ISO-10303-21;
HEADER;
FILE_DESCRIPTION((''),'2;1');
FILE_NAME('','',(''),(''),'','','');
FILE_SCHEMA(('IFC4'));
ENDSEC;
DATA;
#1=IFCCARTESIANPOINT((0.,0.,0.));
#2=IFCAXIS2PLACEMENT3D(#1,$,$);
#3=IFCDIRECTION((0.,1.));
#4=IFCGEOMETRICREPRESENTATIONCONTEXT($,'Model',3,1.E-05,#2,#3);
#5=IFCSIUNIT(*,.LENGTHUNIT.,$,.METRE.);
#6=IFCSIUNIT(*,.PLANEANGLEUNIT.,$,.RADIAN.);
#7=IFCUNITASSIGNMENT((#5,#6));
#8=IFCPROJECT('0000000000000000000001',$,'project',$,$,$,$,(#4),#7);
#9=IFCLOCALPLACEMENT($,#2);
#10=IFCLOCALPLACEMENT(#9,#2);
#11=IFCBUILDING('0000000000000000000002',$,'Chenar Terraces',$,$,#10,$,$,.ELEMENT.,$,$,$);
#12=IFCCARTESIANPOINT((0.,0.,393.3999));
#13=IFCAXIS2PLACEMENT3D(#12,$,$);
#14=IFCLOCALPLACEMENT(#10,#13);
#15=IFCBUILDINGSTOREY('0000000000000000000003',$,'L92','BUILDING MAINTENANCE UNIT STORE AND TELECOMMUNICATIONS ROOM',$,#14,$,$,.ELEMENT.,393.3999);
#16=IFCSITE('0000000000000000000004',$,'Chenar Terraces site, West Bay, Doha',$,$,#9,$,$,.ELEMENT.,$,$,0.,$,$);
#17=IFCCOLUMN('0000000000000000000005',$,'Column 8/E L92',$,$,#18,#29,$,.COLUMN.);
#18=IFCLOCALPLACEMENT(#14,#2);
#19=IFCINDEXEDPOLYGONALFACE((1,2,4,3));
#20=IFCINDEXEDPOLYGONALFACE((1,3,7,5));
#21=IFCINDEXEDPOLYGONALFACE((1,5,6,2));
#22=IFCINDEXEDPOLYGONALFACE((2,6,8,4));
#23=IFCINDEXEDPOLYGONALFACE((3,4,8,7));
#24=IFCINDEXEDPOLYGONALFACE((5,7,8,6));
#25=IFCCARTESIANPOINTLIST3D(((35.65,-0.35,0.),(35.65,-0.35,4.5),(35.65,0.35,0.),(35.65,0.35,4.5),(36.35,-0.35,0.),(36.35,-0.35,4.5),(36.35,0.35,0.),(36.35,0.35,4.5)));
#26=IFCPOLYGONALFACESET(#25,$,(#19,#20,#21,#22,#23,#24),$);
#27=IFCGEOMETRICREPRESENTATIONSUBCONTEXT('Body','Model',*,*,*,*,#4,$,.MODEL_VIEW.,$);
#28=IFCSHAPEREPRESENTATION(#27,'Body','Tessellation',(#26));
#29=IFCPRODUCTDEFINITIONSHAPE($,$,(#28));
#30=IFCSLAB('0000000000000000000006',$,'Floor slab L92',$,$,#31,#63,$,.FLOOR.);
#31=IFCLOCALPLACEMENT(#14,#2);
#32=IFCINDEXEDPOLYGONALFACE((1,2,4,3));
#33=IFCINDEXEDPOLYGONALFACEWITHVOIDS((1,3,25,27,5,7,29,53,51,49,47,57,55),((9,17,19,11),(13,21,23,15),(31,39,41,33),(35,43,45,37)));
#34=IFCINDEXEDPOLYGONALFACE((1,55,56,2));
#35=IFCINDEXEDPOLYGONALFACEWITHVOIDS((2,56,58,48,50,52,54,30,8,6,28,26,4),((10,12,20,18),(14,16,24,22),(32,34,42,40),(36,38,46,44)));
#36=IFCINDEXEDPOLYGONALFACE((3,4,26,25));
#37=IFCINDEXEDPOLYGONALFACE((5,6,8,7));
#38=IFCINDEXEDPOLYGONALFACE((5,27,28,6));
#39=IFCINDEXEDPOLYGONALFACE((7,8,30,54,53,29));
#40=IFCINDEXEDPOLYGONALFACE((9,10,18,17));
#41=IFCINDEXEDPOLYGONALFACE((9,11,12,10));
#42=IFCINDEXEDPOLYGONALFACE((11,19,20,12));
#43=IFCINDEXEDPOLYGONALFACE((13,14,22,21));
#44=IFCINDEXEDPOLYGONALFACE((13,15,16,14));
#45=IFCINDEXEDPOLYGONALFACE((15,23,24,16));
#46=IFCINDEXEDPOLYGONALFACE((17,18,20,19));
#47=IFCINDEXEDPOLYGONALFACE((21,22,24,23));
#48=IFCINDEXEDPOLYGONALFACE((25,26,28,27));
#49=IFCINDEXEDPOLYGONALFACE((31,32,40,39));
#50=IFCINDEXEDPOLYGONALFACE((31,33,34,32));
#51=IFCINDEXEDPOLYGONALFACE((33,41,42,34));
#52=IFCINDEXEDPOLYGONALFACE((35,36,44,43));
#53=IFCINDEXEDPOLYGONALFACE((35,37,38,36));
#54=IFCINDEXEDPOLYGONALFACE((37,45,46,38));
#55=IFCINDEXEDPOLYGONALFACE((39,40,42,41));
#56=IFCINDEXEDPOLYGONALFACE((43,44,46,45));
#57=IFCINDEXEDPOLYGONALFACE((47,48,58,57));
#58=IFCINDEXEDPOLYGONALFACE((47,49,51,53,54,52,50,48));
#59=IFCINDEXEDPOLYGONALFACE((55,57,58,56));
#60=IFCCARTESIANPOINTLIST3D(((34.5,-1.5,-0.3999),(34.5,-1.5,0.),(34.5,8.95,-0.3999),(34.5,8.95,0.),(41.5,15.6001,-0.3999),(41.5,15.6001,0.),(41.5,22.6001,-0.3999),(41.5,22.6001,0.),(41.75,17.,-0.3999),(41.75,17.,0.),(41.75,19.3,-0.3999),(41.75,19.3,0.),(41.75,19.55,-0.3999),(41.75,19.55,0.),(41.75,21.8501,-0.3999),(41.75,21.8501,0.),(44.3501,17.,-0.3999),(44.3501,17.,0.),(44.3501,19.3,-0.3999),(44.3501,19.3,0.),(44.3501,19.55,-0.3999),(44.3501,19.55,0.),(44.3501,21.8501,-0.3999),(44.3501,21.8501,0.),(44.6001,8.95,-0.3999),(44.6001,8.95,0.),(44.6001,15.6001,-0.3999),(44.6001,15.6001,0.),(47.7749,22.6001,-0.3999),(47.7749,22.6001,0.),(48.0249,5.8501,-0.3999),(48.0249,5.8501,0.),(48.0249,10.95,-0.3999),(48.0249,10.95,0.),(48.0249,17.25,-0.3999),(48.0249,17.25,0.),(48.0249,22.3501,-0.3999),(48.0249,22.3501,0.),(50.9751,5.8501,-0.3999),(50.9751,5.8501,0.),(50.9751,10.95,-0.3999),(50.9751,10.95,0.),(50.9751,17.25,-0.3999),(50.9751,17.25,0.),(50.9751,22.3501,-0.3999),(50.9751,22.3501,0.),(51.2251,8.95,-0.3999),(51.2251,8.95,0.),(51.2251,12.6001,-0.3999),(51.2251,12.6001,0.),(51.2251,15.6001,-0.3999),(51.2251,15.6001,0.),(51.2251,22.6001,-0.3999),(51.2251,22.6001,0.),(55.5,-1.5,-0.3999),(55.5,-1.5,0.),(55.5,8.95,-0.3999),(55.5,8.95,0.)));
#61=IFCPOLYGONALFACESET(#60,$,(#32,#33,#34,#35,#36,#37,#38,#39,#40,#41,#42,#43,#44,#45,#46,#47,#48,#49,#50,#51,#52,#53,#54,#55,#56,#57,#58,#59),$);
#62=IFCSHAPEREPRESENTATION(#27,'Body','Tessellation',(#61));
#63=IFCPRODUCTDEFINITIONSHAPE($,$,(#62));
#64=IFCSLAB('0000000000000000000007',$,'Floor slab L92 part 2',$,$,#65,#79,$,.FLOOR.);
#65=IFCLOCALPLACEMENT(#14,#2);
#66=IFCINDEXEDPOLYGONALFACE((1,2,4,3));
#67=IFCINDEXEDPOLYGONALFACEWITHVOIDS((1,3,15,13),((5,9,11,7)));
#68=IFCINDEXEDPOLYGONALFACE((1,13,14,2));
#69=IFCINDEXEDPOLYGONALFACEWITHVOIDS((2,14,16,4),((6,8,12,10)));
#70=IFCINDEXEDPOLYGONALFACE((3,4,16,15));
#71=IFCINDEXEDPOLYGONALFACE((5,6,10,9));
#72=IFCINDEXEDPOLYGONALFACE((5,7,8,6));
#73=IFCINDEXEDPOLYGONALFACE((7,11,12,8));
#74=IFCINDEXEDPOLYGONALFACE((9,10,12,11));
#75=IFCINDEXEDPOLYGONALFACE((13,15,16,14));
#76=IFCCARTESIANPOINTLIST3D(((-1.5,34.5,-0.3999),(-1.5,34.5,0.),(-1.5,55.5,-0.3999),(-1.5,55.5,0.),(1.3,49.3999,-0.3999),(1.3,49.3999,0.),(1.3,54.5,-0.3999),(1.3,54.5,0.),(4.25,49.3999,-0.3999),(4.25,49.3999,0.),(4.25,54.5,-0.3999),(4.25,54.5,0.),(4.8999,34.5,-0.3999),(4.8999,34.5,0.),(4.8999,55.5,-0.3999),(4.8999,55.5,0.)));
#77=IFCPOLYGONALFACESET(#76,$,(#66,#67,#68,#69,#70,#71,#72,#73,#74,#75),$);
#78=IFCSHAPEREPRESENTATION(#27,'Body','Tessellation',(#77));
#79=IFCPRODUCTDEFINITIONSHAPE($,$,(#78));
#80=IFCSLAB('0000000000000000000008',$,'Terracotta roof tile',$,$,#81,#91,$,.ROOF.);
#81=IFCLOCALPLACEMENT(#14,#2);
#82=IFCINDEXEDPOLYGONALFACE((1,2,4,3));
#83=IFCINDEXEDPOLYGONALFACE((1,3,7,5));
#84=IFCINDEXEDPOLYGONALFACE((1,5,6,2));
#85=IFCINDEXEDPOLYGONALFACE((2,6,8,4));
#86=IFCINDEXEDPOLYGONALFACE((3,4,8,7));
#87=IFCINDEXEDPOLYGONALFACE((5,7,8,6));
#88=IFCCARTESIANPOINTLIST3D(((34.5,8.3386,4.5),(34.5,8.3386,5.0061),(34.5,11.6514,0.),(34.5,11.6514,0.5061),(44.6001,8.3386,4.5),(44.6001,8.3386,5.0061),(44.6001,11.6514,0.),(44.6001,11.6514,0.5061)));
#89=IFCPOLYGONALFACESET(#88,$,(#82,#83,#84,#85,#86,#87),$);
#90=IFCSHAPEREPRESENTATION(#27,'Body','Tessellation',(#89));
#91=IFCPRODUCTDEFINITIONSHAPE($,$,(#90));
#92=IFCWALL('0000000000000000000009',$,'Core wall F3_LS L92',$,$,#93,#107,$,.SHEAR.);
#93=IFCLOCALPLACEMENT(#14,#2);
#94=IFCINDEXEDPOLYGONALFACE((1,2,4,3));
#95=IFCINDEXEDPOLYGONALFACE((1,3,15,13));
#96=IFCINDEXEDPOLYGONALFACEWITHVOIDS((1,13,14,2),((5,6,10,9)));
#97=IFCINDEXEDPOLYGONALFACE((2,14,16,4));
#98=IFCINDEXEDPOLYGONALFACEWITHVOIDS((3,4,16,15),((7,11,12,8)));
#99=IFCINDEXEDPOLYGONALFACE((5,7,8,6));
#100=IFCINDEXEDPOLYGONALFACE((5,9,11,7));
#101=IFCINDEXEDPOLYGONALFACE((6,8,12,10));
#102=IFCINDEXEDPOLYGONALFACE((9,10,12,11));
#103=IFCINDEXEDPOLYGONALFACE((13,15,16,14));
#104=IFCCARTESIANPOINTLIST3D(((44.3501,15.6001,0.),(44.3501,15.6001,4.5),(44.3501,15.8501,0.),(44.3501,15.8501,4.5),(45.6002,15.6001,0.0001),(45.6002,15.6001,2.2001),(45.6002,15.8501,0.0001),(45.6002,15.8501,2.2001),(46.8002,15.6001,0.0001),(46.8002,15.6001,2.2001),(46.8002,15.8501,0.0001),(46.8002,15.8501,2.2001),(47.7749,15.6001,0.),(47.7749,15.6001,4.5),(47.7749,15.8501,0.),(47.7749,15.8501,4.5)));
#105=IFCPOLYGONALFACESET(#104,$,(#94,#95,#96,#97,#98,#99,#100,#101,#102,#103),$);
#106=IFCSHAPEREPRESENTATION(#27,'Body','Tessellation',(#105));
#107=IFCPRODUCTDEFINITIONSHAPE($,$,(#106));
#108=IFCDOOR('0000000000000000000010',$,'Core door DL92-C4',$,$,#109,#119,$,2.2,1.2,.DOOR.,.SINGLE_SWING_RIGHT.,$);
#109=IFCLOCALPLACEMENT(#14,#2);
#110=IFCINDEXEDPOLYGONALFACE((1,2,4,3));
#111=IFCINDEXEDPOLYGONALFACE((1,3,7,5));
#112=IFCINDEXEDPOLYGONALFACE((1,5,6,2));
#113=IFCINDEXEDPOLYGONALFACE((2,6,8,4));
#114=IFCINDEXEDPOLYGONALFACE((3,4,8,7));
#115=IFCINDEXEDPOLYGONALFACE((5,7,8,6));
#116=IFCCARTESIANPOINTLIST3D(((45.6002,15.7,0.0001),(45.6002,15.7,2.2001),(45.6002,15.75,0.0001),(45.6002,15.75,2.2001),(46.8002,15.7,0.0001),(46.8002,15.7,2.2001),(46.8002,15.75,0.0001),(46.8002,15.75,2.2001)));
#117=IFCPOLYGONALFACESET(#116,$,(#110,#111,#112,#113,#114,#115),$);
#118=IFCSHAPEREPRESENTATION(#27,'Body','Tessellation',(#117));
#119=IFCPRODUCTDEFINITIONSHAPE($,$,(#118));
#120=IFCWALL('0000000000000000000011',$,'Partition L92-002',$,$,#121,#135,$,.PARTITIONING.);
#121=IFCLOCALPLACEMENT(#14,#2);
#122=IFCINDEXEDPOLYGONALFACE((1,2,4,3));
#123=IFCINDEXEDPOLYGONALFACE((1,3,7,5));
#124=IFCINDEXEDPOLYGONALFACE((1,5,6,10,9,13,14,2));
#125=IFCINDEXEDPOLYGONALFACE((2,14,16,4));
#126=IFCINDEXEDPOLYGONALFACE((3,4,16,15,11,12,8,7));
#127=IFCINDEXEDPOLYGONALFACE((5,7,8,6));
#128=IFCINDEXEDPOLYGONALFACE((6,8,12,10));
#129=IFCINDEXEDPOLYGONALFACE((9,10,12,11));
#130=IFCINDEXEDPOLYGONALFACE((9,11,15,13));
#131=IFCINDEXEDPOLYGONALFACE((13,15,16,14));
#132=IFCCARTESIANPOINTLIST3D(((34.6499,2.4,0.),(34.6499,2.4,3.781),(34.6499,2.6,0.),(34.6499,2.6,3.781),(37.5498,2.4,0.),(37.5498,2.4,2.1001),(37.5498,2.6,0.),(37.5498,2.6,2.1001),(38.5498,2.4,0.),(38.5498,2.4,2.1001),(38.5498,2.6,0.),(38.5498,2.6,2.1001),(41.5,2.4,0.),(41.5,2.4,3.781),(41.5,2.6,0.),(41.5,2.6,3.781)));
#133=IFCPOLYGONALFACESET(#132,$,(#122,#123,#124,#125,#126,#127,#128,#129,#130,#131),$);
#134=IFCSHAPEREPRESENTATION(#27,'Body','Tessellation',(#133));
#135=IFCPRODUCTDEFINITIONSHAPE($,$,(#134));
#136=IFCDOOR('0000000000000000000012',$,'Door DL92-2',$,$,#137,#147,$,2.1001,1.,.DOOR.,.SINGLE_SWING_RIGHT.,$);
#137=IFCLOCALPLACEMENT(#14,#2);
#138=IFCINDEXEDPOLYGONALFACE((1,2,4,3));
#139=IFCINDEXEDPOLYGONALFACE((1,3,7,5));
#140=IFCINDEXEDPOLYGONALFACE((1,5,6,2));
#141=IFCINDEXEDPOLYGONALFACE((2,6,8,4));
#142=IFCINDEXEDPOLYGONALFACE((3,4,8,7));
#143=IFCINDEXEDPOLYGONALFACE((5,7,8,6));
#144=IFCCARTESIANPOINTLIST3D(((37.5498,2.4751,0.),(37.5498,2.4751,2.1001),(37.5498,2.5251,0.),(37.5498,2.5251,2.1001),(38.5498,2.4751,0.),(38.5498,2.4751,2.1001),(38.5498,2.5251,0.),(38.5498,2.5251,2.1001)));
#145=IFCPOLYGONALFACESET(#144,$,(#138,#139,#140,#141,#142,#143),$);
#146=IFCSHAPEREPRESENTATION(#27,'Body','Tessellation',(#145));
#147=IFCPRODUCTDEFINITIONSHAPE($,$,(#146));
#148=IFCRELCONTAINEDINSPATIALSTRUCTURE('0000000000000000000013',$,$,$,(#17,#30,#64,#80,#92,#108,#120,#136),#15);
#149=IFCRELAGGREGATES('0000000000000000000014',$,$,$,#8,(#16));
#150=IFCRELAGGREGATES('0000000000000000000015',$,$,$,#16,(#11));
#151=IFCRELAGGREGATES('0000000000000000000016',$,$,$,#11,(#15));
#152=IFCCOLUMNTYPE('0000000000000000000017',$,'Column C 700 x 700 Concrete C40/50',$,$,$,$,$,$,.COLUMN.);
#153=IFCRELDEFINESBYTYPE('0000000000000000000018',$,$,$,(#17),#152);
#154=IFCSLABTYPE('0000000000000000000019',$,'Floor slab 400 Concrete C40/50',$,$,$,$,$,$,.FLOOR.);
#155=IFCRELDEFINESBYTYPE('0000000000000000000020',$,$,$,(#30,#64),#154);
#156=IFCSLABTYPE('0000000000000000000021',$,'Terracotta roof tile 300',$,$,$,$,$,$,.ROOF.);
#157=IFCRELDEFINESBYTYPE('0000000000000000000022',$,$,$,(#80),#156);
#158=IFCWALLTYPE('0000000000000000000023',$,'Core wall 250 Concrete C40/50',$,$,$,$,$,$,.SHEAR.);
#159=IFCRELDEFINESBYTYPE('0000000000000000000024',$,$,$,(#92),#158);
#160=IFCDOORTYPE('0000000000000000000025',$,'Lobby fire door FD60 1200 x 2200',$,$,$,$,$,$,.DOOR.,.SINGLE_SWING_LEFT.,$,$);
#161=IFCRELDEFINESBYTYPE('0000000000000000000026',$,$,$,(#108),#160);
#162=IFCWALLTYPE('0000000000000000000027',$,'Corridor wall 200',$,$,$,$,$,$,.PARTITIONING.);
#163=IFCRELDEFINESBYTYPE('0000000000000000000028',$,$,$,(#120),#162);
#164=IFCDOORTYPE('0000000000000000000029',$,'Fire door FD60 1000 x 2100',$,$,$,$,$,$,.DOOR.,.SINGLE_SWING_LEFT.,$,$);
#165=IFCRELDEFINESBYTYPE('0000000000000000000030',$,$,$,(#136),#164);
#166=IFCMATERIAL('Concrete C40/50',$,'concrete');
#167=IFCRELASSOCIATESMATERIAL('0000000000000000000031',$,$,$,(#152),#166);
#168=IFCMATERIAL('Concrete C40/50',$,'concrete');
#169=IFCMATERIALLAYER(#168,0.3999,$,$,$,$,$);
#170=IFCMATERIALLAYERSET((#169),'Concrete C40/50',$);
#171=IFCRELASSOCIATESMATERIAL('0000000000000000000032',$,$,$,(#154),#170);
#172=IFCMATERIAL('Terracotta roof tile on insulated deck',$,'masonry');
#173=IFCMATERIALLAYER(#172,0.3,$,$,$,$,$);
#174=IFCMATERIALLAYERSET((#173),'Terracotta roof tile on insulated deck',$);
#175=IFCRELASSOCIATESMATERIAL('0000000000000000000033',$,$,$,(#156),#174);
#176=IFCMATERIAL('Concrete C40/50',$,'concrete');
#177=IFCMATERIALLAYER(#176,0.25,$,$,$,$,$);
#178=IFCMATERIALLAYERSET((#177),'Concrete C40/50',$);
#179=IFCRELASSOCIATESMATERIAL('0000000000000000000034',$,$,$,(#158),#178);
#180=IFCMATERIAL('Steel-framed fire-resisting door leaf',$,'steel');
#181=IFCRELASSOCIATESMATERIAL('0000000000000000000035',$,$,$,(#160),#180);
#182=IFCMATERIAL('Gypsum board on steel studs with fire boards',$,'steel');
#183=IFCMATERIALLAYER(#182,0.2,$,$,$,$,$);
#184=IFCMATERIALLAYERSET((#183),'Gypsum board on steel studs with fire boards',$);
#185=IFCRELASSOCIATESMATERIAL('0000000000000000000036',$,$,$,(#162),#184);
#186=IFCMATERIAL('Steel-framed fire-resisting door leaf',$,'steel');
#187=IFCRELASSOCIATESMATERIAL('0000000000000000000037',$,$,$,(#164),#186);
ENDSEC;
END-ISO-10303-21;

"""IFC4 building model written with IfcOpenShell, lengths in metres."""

from ifc_helpers import new_model, si_unit, direction, frame, frame_2d, origin, origin_2d, place, context, subcontext, project, spatial, polyline, rectangle, outline, extrude, material, layer, layer_set, material_profile, profile_set, type_object, element, fill, save


model = new_model("IFC4")

# Units and contexts
model_context = context("Model", 3, precision=1e-05, world=origin(), true_north=direction((0.0, 1.0)))
body_context = subcontext(model_context, "Body", "Model", "MODEL_VIEW")
ifc_project = project(units=[si_unit("LENGTHUNIT", "METRE"), si_unit("PLANEANGLEUNIT", "RADIAN")], contexts=[model_context])

# Site, building, storey
site_placement = place(None, origin())
site = spatial("IfcSite", under=ifc_project, at=site_placement, Name="Chenar Terraces site, West Bay, Doha", CompositionType="ELEMENT", RefElevation=0.0)
building_placement = place(site_placement, origin())
building = spatial("IfcBuilding", under=site, at=building_placement, Name="Chenar Terraces", CompositionType="ELEMENT")
storey_placement = place(building_placement, frame((0.0, 0.0, 393.3999)))
storey = spatial("IfcBuildingStorey", under=building, at=storey_placement, Name="L92", Description="BUILDING MAINTENANCE UNIT STORE AND TELECOMMUNICATIONS ROOM", CompositionType="ELEMENT", Elevation=393.3999)

# Column
ifc_material_1 = material(Name="Concrete C40/50", Category="concrete")
ifc_material_profile = material_profile(ifc_material_1, rectangle(XDim=0.7, YDim=0.7, at=origin_2d()), Name="C 700 x 700")
ifc_profile_set = profile_set([ifc_material_profile], Name="Concrete C40/50")
column_type = type_object("IfcColumnType", Name="Column C 700 x 700 Concrete C40/50", PredefinedType="COLUMN", material=ifc_profile_set)
column_placement = place(storey_placement, frame((36.0, 0.0, 0.0), z_axis=(0.0, 0.0, 1.0), x_axis=(1.0, 0.0, 0.0)))
element("IfcColumn", 1, at=column_placement, inside=storey, type_object=column_type, Name="Column 8/E L92", PredefinedType="COLUMN", context=body_context, shape_type="SweptSolid", body=[
    extrude(rectangle(XDim=0.7, YDim=0.7, at=origin_2d()), origin(), (0.0, 0.0, 1.0), 4.5),
])

# Slabs
ifc_material_2 = material(Name="Concrete C40/50", Category="concrete")
ifc_layer_1 = layer(ifc_material_2, 0.3999)
ifc_layer_set_1 = layer_set([ifc_layer_1], Name="Concrete C40/50")
slab_type_1 = type_object("IfcSlabType", Name="Floor slab 400 Concrete C40/50", PredefinedType="FLOOR", material=ifc_layer_set_1)
placement = place(storey_placement, frame((0.0, 0.0, -0.3999)))
element("IfcSlab", 2, at=placement, inside=storey, type_object=slab_type_1, Name="Floor slab L92", PredefinedType="FLOOR", context=body_context, shape_type="SweptSolid", body=[
    extrude(outline(polyline([(34.5, -1.5), (34.5, 8.95), (44.6001, 8.95), (44.6001, 15.6001), (41.5, 15.6001), (41.5, 22.6001), (47.7749, 22.6001), (51.2251, 22.6001), (51.2251, 15.6001), (51.2251, 12.6001), (51.2251, 8.95), (55.5, 8.95), (55.5, -1.5), (34.5, -1.5)]), holes=[polyline([(50.9751, 10.95), (48.0249, 10.95), (48.0249, 5.8501), (50.9751, 5.8501), (50.9751, 10.95)]), polyline([(41.75, 17.0), (44.3501, 17.0), (44.3501, 19.3), (41.75, 19.3), (41.75, 17.0)]), polyline([(48.0249, 17.25), (50.9751, 17.25), (50.9751, 22.3501), (48.0249, 22.3501), (48.0249, 17.25)]), polyline([(41.75, 21.8501), (41.75, 19.55), (44.3501, 19.55), (44.3501, 21.8501), (41.75, 21.8501)])]), origin(), (0.0, 0.0, 1.0), 0.3999),
])
element("IfcSlab", 3, at=placement, inside=storey, type_object=slab_type_1, Name="Floor slab L92 part 2", PredefinedType="FLOOR", context=body_context, shape_type="SweptSolid", body=[
    extrude(outline(polyline([(4.8999, 55.5), (4.8999, 34.5), (-1.5, 34.5), (-1.5, 55.5), (4.8999, 55.5)]), holes=[polyline([(1.3, 54.5), (1.3, 49.3999), (4.25, 49.3999), (4.25, 54.5), (1.3, 54.5)])]), origin(), (0.0, 0.0, 1.0), 0.3999),
])
ifc_material_3 = material(Name="Terracotta roof tile on insulated deck", Category="masonry")
ifc_layer_2 = layer(ifc_material_3, 0.3)
ifc_layer_set_2 = layer_set([ifc_layer_2], Name="Terracotta roof tile on insulated deck")
slab_type_2 = type_object("IfcSlabType", Name="Terracotta roof tile 300", PredefinedType="ROOF", material=ifc_layer_set_2)
slab_1_placement = place(storey_placement, frame((34.5, 11.6514, 0.5061), z_axis=(0.0, 0.805316, 0.592846), x_axis=(1.0, 0.0, 0.0)))
element("IfcSlab", 4, at=slab_1_placement, inside=storey, type_object=slab_type_2, Name="Terracotta roof tile", PredefinedType="ROOF", context=body_context, shape_type="SweptSolid", body=[
    extrude(outline(polyline([(0.0, 0.0), (10.1001, 0.0), (10.1001, -5.5879), (0.0, -5.5879), (0.0, 0.0)])), origin(), (0.0, 0.805316, -0.592846), 0.5061),
])

# Walls, openings, doors
ifc_material_4 = material(Name="Concrete C40/50", Category="concrete")
ifc_layer_3 = layer(ifc_material_4, 0.25)
ifc_layer_set_3 = layer_set([ifc_layer_3], Name="Concrete C40/50")
wall_type_1 = type_object("IfcWallType", Name="Core wall 250 Concrete C40/50", PredefinedType="SHEAR", material=ifc_layer_set_3)
wall_1_placement = place(storey_placement, frame((44.3501, 15.7251, 0.0), z_axis=(0.0, 0.0, 1.0), x_axis=(1.0, 0.0, 0.0)))
wall_1 = element("IfcWall", 5, at=wall_1_placement, inside=storey, type_object=wall_type_1, Name="Core wall F3_LS L92", PredefinedType="SHEAR", context=body_context, shape_type="SweptSolid", body=[
    extrude(rectangle(XDim=3.4248, YDim=0.25, at=frame_2d((1.7124, 0.0))), origin(), (0.0, 0.0, 1.0), 4.5),
])
opening_1_placement = place(wall_1_placement, frame((1.25, 0.0, 0.0)))
opening_1 = element("IfcOpeningElement", 6, at=opening_1_placement, cuts=wall_1, PredefinedType="OPENING", context=body_context, shape_type="SweptSolid", body=[
    extrude(rectangle(XDim=1.2, YDim=2.2, at=frame_2d((0.6001, 1.1001))), frame((0.0, 0.135, 0.0), z_axis=(0.0, -1.0, 0.0), x_axis=(1.0, 0.0, 0.0)), (0.0, 0.0, 1.0), 0.27),
])
ifc_material_5 = material(Name="Steel-framed fire-resisting door leaf", Category="steel")
door_type_1 = type_object("IfcDoorType", Name="Lobby fire door FD60 1200 x 2200", OperationType="SINGLE_SWING_LEFT", PredefinedType="DOOR", material=ifc_material_5)
door_1_placement = place(opening_1_placement, origin())
door_1 = element("IfcDoor", 7, at=door_1_placement, inside=storey, type_object=door_type_1, Name="Core door DL92-C4", OperationType="SINGLE_SWING_RIGHT", OverallHeight=2.2, OverallWidth=1.2, PredefinedType="DOOR", context=body_context, shape_type="SweptSolid", body=[
    extrude(rectangle(XDim=1.2, YDim=2.2, at=frame_2d((0.6001, 1.1001))), frame((0.0, 0.0249, 0.0), z_axis=(0.0, -1.0, 0.0), x_axis=(1.0, 0.0, 0.0)), (0.0, 0.0, 1.0), 0.05),
])
fill(opening_1, door_1)
ifc_material_6 = material(Name="Gypsum board on steel studs with fire boards", Category="steel")
ifc_layer_4 = layer(ifc_material_6, 0.2)
ifc_layer_set_4 = layer_set([ifc_layer_4], Name="Gypsum board on steel studs with fire boards")
wall_type_2 = type_object("IfcWallType", Name="Corridor wall 200", PredefinedType="PARTITIONING", material=ifc_layer_set_4)
wall_2_placement = place(storey_placement, frame((34.6499, 2.5, 0.0), z_axis=(0.0, 0.0, 1.0), x_axis=(1.0, 0.0, 0.0)))
wall_2 = element("IfcWall", 8, at=wall_2_placement, inside=storey, type_object=wall_type_2, Name="Partition L92-002", PredefinedType="PARTITIONING", context=body_context, shape_type="SweptSolid", body=[
    extrude(rectangle(XDim=6.8501, YDim=0.2, at=frame_2d((3.425, 0.0))), origin(), (0.0, 0.0, 1.0), 3.781),
])
opening_2_placement = place(wall_2_placement, frame((2.8999, 0.0, 0.0)))
opening_2 = element("IfcOpeningElement", 9, at=opening_2_placement, cuts=wall_2, PredefinedType="OPENING", context=body_context, shape_type="SweptSolid", body=[
    extrude(rectangle(XDim=1.0, YDim=2.1001, at=frame_2d((0.5, 1.05))), frame((0.0, 0.1099, 0.0), z_axis=(0.0, -1.0, 0.0), x_axis=(1.0, 0.0, 0.0)), (0.0, 0.0, 1.0), 0.22),
])
ifc_material_7 = material(Name="Steel-framed fire-resisting door leaf", Category="steel")
door_type_2 = type_object("IfcDoorType", Name="Fire door FD60 1000 x 2100", OperationType="SINGLE_SWING_LEFT", PredefinedType="DOOR", material=ifc_material_7)
door_2_placement = place(opening_2_placement, frame((1.0, 0.0, 0.0), z_axis=(0.0, 0.0, 1.0), x_axis=(-1.0, 0.0, 0.0)))
door_2 = element("IfcDoor", 10, at=door_2_placement, inside=storey, type_object=door_type_2, Name="Door DL92-2", OperationType="SINGLE_SWING_RIGHT", OverallHeight=2.1001, OverallWidth=1.0, PredefinedType="DOOR", context=body_context, shape_type="SweptSolid", body=[
    extrude(rectangle(XDim=1.0, YDim=2.1001, at=frame_2d((0.5, 1.05))), frame((0.0, 0.0249, 0.0), z_axis=(0.0, -1.0, 0.0), x_axis=(1.0, 0.0, 0.0)), (0.0, 0.0, 1.0), 0.05),
])
fill(opening_2, door_2)

save(model, "model.ifc")
